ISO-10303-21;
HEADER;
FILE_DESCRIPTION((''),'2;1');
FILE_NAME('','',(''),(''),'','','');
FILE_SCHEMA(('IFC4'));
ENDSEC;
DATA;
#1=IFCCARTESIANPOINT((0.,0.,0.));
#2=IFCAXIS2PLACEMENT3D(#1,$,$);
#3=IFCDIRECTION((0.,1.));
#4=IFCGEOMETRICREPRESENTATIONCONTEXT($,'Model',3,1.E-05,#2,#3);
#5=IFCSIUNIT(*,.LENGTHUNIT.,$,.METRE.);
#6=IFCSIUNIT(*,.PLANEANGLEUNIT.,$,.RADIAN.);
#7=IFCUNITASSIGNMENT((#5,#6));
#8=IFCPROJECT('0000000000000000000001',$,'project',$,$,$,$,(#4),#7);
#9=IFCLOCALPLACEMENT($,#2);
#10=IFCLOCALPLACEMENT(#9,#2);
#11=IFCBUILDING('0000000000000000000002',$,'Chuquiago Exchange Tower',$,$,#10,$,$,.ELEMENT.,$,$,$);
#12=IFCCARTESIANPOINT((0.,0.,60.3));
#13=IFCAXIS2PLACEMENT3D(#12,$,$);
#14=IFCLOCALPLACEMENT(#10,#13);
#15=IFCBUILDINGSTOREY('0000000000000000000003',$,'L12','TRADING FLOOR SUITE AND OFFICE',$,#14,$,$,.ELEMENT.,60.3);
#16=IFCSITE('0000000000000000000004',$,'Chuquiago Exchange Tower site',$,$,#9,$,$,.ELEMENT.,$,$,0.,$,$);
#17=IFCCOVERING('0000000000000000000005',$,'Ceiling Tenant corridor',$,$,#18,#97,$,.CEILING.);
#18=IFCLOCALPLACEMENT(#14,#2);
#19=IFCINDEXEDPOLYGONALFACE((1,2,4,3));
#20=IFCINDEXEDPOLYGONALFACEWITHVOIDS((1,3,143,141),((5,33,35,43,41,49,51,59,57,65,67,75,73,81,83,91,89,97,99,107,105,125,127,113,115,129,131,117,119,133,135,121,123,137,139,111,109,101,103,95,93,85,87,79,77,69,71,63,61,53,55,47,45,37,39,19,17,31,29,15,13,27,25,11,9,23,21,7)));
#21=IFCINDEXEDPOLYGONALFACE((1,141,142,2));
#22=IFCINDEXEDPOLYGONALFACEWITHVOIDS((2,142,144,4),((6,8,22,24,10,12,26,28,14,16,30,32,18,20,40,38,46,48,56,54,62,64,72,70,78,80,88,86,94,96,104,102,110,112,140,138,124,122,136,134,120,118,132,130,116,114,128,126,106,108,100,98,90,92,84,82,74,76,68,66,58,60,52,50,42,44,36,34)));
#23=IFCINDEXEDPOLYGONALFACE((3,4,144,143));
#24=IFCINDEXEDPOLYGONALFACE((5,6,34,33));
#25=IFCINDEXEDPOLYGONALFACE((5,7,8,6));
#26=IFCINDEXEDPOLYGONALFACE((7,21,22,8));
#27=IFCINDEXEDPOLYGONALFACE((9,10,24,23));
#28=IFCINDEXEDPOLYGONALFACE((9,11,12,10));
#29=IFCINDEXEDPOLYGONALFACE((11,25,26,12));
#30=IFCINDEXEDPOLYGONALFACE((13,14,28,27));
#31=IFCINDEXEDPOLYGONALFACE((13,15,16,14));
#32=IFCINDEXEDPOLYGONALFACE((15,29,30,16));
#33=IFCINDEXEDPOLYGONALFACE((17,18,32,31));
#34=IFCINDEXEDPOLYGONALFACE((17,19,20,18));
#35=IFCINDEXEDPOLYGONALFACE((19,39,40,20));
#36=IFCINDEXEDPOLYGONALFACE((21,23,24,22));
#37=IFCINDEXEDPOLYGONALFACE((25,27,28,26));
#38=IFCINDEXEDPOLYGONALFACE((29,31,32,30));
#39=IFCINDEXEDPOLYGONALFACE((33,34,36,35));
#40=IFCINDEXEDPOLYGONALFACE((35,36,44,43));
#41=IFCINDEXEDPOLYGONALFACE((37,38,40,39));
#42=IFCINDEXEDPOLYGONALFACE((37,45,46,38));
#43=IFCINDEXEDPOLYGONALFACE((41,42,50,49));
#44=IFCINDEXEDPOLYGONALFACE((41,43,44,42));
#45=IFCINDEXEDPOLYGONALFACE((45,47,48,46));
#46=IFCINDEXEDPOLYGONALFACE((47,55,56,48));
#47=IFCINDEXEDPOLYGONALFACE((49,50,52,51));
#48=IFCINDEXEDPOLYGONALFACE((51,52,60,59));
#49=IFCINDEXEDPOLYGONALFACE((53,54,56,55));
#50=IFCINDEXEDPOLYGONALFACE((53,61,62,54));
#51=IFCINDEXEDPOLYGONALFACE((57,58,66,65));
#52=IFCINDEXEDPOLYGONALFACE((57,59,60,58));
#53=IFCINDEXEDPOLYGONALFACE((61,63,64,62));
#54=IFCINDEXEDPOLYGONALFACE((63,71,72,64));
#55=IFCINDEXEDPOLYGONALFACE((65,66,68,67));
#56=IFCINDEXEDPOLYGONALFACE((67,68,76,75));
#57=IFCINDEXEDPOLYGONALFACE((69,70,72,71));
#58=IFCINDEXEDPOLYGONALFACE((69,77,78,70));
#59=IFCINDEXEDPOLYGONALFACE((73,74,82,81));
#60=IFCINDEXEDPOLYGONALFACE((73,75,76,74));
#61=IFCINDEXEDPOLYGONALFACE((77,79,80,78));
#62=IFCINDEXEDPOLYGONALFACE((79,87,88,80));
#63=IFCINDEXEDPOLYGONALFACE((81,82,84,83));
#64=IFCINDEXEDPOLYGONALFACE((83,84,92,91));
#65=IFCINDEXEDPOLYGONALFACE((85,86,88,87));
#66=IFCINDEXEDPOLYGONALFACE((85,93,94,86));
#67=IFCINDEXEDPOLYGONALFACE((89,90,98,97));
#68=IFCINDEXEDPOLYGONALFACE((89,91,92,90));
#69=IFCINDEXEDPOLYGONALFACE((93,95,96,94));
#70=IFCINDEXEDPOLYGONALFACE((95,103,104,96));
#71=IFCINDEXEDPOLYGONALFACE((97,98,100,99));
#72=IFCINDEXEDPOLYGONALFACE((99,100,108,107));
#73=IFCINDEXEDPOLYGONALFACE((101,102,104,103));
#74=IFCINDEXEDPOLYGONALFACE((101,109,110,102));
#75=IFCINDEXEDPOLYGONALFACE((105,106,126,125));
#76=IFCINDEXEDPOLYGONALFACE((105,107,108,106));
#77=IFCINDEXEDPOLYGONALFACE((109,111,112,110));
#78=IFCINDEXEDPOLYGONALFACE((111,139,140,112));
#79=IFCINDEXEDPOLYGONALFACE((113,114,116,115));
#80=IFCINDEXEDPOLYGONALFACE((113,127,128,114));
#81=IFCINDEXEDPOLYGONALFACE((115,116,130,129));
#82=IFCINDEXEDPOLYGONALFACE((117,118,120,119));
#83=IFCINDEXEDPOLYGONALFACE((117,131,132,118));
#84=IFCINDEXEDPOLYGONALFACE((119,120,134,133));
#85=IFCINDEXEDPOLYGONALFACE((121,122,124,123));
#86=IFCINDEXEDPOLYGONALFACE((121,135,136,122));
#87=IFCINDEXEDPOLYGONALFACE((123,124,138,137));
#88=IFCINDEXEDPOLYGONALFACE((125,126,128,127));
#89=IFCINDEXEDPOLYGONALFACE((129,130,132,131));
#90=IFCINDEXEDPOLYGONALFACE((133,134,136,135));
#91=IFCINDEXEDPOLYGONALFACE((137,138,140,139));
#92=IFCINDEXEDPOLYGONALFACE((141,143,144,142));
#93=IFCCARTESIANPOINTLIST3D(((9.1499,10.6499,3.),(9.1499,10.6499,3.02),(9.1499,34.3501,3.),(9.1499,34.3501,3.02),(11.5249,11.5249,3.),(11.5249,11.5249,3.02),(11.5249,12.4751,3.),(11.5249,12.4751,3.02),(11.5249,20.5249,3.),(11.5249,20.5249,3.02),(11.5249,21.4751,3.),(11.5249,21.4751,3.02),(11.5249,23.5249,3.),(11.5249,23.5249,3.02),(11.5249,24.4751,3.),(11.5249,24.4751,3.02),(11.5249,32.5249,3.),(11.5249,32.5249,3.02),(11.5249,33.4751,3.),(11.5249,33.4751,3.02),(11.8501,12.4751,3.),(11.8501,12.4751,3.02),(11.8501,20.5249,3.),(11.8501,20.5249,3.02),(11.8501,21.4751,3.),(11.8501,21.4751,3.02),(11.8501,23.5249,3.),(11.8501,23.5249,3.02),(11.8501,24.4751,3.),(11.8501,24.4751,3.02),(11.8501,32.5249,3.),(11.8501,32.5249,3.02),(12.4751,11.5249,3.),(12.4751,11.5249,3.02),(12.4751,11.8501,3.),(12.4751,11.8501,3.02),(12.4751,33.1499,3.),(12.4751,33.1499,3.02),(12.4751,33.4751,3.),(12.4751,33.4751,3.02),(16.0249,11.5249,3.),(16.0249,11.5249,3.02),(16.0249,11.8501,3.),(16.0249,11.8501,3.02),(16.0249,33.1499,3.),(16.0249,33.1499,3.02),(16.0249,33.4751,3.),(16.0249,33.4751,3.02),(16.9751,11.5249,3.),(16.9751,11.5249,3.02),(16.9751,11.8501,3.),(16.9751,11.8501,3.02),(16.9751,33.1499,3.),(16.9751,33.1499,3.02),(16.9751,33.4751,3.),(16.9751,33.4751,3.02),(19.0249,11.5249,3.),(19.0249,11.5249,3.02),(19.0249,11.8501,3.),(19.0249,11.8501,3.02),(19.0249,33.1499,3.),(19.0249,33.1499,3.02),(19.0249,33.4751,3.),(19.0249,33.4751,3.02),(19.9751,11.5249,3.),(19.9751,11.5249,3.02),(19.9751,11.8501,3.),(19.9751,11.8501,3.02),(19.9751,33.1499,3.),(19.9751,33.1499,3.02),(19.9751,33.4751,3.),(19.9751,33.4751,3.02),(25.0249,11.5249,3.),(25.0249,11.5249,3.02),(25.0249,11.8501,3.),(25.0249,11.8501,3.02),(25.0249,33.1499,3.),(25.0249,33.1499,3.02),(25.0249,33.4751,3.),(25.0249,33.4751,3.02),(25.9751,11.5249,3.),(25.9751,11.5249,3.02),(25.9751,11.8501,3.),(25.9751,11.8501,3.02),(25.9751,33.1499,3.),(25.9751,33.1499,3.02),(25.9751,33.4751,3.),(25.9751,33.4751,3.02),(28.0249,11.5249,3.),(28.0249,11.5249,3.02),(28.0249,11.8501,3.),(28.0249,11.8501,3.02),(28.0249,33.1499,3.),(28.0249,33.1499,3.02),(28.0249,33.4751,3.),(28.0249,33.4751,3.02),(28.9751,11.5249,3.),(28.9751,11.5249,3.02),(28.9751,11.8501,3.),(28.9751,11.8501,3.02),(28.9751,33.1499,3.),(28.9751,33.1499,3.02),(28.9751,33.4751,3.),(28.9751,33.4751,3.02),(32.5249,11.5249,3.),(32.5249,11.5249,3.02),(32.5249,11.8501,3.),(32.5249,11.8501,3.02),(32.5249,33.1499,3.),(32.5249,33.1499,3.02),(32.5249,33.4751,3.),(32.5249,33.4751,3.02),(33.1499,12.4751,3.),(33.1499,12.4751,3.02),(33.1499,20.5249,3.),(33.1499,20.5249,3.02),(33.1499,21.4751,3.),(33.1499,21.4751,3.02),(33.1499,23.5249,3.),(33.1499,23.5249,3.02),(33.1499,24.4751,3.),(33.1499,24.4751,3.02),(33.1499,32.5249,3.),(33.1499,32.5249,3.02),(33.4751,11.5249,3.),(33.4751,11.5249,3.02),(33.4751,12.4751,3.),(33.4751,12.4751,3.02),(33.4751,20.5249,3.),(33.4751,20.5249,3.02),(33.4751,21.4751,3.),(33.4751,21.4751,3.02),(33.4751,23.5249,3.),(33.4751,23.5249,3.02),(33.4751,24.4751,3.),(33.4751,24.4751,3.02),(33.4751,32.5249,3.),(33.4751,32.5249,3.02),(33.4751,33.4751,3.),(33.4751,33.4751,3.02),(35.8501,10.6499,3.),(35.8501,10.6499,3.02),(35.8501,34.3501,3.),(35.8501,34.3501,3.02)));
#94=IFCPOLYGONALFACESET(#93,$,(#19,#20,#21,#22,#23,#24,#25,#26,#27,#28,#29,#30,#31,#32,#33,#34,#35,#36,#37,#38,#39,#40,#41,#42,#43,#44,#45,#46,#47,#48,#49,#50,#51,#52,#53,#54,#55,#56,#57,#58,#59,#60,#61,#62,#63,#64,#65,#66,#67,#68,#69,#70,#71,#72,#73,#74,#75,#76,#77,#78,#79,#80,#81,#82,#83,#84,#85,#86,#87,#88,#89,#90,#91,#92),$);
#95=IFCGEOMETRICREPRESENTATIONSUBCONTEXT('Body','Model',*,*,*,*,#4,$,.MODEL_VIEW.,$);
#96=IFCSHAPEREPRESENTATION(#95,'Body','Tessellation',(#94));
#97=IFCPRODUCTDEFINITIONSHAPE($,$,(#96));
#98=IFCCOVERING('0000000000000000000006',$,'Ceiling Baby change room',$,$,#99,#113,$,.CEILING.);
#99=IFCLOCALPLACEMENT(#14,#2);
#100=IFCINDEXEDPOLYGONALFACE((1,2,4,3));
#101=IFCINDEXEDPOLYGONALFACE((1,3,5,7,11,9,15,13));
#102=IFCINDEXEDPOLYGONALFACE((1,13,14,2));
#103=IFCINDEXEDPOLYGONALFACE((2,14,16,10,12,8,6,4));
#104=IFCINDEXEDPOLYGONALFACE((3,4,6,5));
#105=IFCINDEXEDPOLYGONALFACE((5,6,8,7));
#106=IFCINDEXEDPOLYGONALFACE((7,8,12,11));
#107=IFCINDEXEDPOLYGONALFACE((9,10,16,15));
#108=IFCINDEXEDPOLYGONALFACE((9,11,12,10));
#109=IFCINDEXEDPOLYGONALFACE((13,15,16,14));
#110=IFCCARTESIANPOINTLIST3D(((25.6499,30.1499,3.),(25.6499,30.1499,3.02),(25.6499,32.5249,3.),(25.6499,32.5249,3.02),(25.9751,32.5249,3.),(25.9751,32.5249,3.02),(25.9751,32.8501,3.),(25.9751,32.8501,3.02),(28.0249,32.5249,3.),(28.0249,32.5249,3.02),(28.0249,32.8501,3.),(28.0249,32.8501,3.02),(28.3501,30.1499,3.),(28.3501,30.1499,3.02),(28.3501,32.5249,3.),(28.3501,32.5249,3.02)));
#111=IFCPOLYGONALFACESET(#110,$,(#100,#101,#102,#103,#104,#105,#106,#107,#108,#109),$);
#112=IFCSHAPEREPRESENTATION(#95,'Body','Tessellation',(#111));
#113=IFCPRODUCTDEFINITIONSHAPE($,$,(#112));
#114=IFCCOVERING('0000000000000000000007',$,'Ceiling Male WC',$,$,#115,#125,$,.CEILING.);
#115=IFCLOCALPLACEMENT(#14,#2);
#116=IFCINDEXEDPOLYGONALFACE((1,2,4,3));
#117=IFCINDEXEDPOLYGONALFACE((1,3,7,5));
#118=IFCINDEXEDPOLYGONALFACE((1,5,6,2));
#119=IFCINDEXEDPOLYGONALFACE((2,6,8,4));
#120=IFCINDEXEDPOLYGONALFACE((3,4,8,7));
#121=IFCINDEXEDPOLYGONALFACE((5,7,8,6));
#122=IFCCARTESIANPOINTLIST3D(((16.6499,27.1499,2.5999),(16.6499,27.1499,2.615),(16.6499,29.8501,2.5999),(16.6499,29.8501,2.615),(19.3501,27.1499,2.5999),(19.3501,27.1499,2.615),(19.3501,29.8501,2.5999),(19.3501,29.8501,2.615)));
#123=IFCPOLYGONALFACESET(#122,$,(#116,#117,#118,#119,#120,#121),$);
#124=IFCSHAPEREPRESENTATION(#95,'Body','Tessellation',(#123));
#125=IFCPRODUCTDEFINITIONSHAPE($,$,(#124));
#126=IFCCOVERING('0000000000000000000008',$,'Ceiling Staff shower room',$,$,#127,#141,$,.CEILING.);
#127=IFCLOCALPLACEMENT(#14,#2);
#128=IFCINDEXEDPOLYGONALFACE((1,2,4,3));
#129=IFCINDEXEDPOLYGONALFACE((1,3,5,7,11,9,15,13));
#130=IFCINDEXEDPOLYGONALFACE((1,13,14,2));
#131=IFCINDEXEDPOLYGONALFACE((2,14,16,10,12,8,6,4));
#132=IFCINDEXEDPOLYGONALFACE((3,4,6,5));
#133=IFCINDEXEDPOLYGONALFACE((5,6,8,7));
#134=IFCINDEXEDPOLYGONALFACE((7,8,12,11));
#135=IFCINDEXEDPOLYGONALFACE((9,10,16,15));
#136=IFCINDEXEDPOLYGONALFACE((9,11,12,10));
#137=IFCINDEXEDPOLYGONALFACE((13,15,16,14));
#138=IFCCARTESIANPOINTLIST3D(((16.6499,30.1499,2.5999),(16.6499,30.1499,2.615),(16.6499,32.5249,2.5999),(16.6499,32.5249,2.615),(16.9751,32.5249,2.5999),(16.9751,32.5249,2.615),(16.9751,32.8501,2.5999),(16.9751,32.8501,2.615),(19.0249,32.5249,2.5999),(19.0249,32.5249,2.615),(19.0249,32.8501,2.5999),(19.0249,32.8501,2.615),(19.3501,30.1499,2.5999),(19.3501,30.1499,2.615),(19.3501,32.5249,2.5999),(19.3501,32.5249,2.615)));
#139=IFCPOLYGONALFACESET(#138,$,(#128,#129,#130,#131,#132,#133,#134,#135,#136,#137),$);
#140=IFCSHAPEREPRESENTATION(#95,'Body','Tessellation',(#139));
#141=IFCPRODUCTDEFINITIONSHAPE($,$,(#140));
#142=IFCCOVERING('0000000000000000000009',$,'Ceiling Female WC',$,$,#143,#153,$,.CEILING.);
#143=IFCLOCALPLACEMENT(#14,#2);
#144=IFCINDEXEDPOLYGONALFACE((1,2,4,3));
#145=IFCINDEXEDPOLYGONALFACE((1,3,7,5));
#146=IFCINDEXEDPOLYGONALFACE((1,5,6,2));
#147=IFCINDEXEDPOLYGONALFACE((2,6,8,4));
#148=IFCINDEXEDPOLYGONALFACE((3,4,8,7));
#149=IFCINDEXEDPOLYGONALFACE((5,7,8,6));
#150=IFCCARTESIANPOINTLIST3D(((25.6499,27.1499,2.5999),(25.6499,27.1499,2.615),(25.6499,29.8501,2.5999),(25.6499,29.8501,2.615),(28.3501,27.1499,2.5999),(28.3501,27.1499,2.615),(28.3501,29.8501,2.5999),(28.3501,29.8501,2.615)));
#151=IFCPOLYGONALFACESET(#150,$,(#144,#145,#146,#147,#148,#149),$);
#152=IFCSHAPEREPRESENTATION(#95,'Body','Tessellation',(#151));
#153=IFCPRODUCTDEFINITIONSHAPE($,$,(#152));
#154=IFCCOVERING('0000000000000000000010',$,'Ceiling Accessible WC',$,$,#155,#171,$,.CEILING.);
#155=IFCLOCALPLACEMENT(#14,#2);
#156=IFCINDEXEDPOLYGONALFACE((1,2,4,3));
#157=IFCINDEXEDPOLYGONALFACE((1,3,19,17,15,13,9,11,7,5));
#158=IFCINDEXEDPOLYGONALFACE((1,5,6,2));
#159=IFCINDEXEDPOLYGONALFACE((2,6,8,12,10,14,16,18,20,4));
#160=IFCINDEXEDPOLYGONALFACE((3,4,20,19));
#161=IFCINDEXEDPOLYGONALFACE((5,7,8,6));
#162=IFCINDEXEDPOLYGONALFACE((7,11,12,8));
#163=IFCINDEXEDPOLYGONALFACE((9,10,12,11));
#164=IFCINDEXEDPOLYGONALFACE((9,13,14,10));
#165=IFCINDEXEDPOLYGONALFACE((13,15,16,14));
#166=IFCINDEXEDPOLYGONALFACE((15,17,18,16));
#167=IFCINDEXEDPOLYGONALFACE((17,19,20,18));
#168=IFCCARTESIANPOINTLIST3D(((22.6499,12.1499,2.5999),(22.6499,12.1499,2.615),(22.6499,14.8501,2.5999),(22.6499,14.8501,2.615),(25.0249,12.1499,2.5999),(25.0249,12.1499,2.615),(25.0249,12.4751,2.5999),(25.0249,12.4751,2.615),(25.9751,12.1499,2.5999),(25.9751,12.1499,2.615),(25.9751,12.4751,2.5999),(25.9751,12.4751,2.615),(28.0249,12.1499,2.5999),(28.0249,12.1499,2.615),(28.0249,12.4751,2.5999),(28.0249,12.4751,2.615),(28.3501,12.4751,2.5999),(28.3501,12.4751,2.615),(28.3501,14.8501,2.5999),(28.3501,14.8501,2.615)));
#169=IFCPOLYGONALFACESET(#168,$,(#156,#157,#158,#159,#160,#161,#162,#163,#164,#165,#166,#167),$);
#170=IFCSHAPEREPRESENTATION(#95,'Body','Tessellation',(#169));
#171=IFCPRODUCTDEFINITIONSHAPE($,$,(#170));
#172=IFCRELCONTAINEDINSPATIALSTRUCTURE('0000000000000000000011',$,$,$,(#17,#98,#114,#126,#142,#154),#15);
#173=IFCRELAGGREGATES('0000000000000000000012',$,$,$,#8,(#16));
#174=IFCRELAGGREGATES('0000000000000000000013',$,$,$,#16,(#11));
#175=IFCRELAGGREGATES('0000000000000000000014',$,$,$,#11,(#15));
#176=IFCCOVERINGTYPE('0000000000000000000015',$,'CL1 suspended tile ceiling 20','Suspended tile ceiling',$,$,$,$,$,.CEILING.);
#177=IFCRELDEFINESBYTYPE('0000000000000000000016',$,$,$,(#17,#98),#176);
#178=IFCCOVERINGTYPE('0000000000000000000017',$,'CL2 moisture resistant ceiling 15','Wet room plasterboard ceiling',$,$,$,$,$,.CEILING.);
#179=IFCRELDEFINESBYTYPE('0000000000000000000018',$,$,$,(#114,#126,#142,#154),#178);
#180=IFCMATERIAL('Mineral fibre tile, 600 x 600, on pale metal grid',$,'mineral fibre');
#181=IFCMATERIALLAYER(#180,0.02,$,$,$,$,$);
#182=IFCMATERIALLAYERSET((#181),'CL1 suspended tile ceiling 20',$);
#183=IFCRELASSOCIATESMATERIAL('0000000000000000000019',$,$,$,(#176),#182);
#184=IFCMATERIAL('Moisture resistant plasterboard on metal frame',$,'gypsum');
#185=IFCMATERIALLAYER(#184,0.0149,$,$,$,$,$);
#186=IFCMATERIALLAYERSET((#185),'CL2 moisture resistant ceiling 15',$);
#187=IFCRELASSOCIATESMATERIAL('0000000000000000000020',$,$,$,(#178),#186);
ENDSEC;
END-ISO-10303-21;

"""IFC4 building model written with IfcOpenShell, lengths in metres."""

from ifc_helpers import new_model, si_unit, direction, frame, origin, place, context, subcontext, project, spatial, polyline, outline, extrude, material, layer, layer_set, type_object, element, save


model = new_model("IFC4")

# Units and contexts
model_context = context("Model", 3, precision=1e-05, world=origin(), true_north=direction((0.0, 1.0)))
body_context = subcontext(model_context, "Body", "Model", "MODEL_VIEW")
ifc_project = project(units=[si_unit("LENGTHUNIT", "METRE"), si_unit("PLANEANGLEUNIT", "RADIAN")], contexts=[model_context])

# Site, building, storey
site_placement = place(None, origin())
site = spatial("IfcSite", under=ifc_project, at=site_placement, Name="Chuquiago Exchange Tower site", CompositionType="ELEMENT", RefElevation=0.0)
building_placement = place(site_placement, origin())
building = spatial("IfcBuilding", under=site, at=building_placement, Name="Chuquiago Exchange Tower", CompositionType="ELEMENT")
storey_placement = place(building_placement, frame((0.0, 0.0, 60.3)))
storey = spatial("IfcBuildingStorey", under=building, at=storey_placement, Name="L12", Description="TRADING FLOOR SUITE AND OFFICE", CompositionType="ELEMENT", Elevation=60.3)

# Coverings
ifc_material_1 = material(Name="Mineral fibre tile, 600 x 600, on pale metal grid", Category="mineral fibre")
ifc_layer_1 = layer(ifc_material_1, 0.02)
ifc_layer_set_1 = layer_set([ifc_layer_1], Name="CL1 suspended tile ceiling 20")
covering_type_1 = type_object("IfcCoveringType", Name="CL1 suspended tile ceiling 20", Description="Suspended tile ceiling", PredefinedType="CEILING", material=ifc_layer_set_1)
covering_1_placement = place(storey_placement, frame((0.0, 0.0, 3.0)))
element("IfcCovering", 1, at=covering_1_placement, inside=storey, type_object=covering_type_1, Name="Ceiling Tenant corridor", PredefinedType="CEILING", context=body_context, shape_type="SweptSolid", body=[
    extrude(outline(polyline([(9.1499, 34.3501), (35.8501, 34.3501), (35.8501, 10.6499), (9.1499, 10.6499), (9.1499, 34.3501)]), holes=[polyline([(11.8501, 24.4751), (11.5249, 24.4751), (11.5249, 23.5249), (11.8501, 23.5249), (11.8501, 21.4751), (11.5249, 21.4751), (11.5249, 20.5249), (11.8501, 20.5249), (11.8501, 12.4751), (11.5249, 12.4751), (11.5249, 11.5249), (12.4751, 11.5249), (12.4751, 11.8501), (16.0249, 11.8501), (16.0249, 11.5249), (16.9751, 11.5249), (16.9751, 11.8501), (19.0249, 11.8501), (19.0249, 11.5249), (19.9751, 11.5249), (19.9751, 11.8501), (25.0249, 11.8501), (25.0249, 11.5249), (25.9751, 11.5249), (25.9751, 11.8501), (28.0249, 11.8501), (28.0249, 11.5249), (28.9751, 11.5249), (28.9751, 11.8501), (32.5249, 11.8501), (32.5249, 11.5249), (33.4751, 11.5249), (33.4751, 12.4751), (33.1499, 12.4751), (33.1499, 20.5249), (33.4751, 20.5249), (33.4751, 21.4751), (33.1499, 21.4751), (33.1499, 23.5249), (33.4751, 23.5249), (33.4751, 24.4751), (33.1499, 24.4751), (33.1499, 32.5249), (33.4751, 32.5249), (33.4751, 33.4751), (32.5249, 33.4751), (32.5249, 33.1499), (28.9751, 33.1499), (28.9751, 33.4751), (28.0249, 33.4751), (28.0249, 33.1499), (25.9751, 33.1499), (25.9751, 33.4751), (25.0249, 33.4751), (25.0249, 33.1499), (19.9751, 33.1499), (19.9751, 33.4751), (19.0249, 33.4751), (19.0249, 33.1499), (16.9751, 33.1499), (16.9751, 33.4751), (16.0249, 33.4751), (16.0249, 33.1499), (12.4751, 33.1499), (12.4751, 33.4751), (11.5249, 33.4751), (11.5249, 32.5249), (11.8501, 32.5249), (11.8501, 24.4751)])]), origin(), (0.0, 0.0, 1.0), 0.02),
])
covering_2_placement = place(storey_placement, frame((0.0, 0.0, 3.0)))
element("IfcCovering", 2, at=covering_2_placement, inside=storey, type_object=covering_type_1, Name="Ceiling Baby change room", PredefinedType="CEILING", context=body_context, shape_type="SweptSolid", body=[
    extrude(outline(polyline([(25.6499, 30.1499), (25.6499, 32.5249), (25.9751, 32.5249), (25.9751, 32.8501), (28.0249, 32.8501), (28.0249, 32.5249), (28.3501, 32.5249), (28.3501, 30.1499), (25.6499, 30.1499)])), origin(), (0.0, 0.0, 1.0), 0.02),
])
ifc_material_2 = material(Name="Moisture resistant plasterboard on metal frame", Category="gypsum")
ifc_layer_2 = layer(ifc_material_2, 0.0149)
ifc_layer_set_2 = layer_set([ifc_layer_2], Name="CL2 moisture resistant ceiling 15")
covering_type_2 = type_object("IfcCoveringType", Name="CL2 moisture resistant ceiling 15", Description="Wet room plasterboard ceiling", PredefinedType="CEILING", material=ifc_layer_set_2)
covering_3_placement = place(storey_placement, frame((0.0, 0.0, 2.5999)))
element("IfcCovering", 3, at=covering_3_placement, inside=storey, type_object=covering_type_2, Name="Ceiling Male WC", PredefinedType="CEILING", context=body_context, shape_type="SweptSolid", body=[
    extrude(outline(polyline([(16.6499, 27.1499), (16.6499, 29.8501), (19.3501, 29.8501), (19.3501, 27.1499), (16.6499, 27.1499)])), origin(), (0.0, 0.0, 1.0), 0.0151),
])
covering_4_placement = place(storey_placement, frame((0.0, 0.0, 2.5999)))
element("IfcCovering", 4, at=covering_4_placement, inside=storey, type_object=covering_type_2, Name="Ceiling Staff shower room", PredefinedType="CEILING", context=body_context, shape_type="SweptSolid", body=[
    extrude(outline(polyline([(16.6499, 30.1499), (16.6499, 32.5249), (16.9751, 32.5249), (16.9751, 32.8501), (19.0249, 32.8501), (19.0249, 32.5249), (19.3501, 32.5249), (19.3501, 30.1499), (16.6499, 30.1499)])), origin(), (0.0, 0.0, 1.0), 0.0151),
])
covering_5_placement = place(storey_placement, frame((0.0, 0.0, 2.5999)))
element("IfcCovering", 5, at=covering_5_placement, inside=storey, type_object=covering_type_2, Name="Ceiling Female WC", PredefinedType="CEILING", context=body_context, shape_type="SweptSolid", body=[
    extrude(outline(polyline([(25.6499, 27.1499), (25.6499, 29.8501), (28.3501, 29.8501), (28.3501, 27.1499), (25.6499, 27.1499)])), origin(), (0.0, 0.0, 1.0), 0.0151),
])
covering_6_placement = place(storey_placement, frame((0.0, 0.0, 2.5999)))
element("IfcCovering", 6, at=covering_6_placement, inside=storey, type_object=covering_type_2, Name="Ceiling Accessible WC", PredefinedType="CEILING", context=body_context, shape_type="SweptSolid", body=[
    extrude(outline(polyline([(25.9751, 12.1499), (25.9751, 12.4751), (25.0249, 12.4751), (25.0249, 12.1499), (22.6499, 12.1499), (22.6499, 14.8501), (28.3501, 14.8501), (28.3501, 12.4751), (28.0249, 12.4751), (28.0249, 12.1499), (25.9751, 12.1499)])), origin(), (0.0, 0.0, 1.0), 0.0151),
])

save(model, "model.ifc")
